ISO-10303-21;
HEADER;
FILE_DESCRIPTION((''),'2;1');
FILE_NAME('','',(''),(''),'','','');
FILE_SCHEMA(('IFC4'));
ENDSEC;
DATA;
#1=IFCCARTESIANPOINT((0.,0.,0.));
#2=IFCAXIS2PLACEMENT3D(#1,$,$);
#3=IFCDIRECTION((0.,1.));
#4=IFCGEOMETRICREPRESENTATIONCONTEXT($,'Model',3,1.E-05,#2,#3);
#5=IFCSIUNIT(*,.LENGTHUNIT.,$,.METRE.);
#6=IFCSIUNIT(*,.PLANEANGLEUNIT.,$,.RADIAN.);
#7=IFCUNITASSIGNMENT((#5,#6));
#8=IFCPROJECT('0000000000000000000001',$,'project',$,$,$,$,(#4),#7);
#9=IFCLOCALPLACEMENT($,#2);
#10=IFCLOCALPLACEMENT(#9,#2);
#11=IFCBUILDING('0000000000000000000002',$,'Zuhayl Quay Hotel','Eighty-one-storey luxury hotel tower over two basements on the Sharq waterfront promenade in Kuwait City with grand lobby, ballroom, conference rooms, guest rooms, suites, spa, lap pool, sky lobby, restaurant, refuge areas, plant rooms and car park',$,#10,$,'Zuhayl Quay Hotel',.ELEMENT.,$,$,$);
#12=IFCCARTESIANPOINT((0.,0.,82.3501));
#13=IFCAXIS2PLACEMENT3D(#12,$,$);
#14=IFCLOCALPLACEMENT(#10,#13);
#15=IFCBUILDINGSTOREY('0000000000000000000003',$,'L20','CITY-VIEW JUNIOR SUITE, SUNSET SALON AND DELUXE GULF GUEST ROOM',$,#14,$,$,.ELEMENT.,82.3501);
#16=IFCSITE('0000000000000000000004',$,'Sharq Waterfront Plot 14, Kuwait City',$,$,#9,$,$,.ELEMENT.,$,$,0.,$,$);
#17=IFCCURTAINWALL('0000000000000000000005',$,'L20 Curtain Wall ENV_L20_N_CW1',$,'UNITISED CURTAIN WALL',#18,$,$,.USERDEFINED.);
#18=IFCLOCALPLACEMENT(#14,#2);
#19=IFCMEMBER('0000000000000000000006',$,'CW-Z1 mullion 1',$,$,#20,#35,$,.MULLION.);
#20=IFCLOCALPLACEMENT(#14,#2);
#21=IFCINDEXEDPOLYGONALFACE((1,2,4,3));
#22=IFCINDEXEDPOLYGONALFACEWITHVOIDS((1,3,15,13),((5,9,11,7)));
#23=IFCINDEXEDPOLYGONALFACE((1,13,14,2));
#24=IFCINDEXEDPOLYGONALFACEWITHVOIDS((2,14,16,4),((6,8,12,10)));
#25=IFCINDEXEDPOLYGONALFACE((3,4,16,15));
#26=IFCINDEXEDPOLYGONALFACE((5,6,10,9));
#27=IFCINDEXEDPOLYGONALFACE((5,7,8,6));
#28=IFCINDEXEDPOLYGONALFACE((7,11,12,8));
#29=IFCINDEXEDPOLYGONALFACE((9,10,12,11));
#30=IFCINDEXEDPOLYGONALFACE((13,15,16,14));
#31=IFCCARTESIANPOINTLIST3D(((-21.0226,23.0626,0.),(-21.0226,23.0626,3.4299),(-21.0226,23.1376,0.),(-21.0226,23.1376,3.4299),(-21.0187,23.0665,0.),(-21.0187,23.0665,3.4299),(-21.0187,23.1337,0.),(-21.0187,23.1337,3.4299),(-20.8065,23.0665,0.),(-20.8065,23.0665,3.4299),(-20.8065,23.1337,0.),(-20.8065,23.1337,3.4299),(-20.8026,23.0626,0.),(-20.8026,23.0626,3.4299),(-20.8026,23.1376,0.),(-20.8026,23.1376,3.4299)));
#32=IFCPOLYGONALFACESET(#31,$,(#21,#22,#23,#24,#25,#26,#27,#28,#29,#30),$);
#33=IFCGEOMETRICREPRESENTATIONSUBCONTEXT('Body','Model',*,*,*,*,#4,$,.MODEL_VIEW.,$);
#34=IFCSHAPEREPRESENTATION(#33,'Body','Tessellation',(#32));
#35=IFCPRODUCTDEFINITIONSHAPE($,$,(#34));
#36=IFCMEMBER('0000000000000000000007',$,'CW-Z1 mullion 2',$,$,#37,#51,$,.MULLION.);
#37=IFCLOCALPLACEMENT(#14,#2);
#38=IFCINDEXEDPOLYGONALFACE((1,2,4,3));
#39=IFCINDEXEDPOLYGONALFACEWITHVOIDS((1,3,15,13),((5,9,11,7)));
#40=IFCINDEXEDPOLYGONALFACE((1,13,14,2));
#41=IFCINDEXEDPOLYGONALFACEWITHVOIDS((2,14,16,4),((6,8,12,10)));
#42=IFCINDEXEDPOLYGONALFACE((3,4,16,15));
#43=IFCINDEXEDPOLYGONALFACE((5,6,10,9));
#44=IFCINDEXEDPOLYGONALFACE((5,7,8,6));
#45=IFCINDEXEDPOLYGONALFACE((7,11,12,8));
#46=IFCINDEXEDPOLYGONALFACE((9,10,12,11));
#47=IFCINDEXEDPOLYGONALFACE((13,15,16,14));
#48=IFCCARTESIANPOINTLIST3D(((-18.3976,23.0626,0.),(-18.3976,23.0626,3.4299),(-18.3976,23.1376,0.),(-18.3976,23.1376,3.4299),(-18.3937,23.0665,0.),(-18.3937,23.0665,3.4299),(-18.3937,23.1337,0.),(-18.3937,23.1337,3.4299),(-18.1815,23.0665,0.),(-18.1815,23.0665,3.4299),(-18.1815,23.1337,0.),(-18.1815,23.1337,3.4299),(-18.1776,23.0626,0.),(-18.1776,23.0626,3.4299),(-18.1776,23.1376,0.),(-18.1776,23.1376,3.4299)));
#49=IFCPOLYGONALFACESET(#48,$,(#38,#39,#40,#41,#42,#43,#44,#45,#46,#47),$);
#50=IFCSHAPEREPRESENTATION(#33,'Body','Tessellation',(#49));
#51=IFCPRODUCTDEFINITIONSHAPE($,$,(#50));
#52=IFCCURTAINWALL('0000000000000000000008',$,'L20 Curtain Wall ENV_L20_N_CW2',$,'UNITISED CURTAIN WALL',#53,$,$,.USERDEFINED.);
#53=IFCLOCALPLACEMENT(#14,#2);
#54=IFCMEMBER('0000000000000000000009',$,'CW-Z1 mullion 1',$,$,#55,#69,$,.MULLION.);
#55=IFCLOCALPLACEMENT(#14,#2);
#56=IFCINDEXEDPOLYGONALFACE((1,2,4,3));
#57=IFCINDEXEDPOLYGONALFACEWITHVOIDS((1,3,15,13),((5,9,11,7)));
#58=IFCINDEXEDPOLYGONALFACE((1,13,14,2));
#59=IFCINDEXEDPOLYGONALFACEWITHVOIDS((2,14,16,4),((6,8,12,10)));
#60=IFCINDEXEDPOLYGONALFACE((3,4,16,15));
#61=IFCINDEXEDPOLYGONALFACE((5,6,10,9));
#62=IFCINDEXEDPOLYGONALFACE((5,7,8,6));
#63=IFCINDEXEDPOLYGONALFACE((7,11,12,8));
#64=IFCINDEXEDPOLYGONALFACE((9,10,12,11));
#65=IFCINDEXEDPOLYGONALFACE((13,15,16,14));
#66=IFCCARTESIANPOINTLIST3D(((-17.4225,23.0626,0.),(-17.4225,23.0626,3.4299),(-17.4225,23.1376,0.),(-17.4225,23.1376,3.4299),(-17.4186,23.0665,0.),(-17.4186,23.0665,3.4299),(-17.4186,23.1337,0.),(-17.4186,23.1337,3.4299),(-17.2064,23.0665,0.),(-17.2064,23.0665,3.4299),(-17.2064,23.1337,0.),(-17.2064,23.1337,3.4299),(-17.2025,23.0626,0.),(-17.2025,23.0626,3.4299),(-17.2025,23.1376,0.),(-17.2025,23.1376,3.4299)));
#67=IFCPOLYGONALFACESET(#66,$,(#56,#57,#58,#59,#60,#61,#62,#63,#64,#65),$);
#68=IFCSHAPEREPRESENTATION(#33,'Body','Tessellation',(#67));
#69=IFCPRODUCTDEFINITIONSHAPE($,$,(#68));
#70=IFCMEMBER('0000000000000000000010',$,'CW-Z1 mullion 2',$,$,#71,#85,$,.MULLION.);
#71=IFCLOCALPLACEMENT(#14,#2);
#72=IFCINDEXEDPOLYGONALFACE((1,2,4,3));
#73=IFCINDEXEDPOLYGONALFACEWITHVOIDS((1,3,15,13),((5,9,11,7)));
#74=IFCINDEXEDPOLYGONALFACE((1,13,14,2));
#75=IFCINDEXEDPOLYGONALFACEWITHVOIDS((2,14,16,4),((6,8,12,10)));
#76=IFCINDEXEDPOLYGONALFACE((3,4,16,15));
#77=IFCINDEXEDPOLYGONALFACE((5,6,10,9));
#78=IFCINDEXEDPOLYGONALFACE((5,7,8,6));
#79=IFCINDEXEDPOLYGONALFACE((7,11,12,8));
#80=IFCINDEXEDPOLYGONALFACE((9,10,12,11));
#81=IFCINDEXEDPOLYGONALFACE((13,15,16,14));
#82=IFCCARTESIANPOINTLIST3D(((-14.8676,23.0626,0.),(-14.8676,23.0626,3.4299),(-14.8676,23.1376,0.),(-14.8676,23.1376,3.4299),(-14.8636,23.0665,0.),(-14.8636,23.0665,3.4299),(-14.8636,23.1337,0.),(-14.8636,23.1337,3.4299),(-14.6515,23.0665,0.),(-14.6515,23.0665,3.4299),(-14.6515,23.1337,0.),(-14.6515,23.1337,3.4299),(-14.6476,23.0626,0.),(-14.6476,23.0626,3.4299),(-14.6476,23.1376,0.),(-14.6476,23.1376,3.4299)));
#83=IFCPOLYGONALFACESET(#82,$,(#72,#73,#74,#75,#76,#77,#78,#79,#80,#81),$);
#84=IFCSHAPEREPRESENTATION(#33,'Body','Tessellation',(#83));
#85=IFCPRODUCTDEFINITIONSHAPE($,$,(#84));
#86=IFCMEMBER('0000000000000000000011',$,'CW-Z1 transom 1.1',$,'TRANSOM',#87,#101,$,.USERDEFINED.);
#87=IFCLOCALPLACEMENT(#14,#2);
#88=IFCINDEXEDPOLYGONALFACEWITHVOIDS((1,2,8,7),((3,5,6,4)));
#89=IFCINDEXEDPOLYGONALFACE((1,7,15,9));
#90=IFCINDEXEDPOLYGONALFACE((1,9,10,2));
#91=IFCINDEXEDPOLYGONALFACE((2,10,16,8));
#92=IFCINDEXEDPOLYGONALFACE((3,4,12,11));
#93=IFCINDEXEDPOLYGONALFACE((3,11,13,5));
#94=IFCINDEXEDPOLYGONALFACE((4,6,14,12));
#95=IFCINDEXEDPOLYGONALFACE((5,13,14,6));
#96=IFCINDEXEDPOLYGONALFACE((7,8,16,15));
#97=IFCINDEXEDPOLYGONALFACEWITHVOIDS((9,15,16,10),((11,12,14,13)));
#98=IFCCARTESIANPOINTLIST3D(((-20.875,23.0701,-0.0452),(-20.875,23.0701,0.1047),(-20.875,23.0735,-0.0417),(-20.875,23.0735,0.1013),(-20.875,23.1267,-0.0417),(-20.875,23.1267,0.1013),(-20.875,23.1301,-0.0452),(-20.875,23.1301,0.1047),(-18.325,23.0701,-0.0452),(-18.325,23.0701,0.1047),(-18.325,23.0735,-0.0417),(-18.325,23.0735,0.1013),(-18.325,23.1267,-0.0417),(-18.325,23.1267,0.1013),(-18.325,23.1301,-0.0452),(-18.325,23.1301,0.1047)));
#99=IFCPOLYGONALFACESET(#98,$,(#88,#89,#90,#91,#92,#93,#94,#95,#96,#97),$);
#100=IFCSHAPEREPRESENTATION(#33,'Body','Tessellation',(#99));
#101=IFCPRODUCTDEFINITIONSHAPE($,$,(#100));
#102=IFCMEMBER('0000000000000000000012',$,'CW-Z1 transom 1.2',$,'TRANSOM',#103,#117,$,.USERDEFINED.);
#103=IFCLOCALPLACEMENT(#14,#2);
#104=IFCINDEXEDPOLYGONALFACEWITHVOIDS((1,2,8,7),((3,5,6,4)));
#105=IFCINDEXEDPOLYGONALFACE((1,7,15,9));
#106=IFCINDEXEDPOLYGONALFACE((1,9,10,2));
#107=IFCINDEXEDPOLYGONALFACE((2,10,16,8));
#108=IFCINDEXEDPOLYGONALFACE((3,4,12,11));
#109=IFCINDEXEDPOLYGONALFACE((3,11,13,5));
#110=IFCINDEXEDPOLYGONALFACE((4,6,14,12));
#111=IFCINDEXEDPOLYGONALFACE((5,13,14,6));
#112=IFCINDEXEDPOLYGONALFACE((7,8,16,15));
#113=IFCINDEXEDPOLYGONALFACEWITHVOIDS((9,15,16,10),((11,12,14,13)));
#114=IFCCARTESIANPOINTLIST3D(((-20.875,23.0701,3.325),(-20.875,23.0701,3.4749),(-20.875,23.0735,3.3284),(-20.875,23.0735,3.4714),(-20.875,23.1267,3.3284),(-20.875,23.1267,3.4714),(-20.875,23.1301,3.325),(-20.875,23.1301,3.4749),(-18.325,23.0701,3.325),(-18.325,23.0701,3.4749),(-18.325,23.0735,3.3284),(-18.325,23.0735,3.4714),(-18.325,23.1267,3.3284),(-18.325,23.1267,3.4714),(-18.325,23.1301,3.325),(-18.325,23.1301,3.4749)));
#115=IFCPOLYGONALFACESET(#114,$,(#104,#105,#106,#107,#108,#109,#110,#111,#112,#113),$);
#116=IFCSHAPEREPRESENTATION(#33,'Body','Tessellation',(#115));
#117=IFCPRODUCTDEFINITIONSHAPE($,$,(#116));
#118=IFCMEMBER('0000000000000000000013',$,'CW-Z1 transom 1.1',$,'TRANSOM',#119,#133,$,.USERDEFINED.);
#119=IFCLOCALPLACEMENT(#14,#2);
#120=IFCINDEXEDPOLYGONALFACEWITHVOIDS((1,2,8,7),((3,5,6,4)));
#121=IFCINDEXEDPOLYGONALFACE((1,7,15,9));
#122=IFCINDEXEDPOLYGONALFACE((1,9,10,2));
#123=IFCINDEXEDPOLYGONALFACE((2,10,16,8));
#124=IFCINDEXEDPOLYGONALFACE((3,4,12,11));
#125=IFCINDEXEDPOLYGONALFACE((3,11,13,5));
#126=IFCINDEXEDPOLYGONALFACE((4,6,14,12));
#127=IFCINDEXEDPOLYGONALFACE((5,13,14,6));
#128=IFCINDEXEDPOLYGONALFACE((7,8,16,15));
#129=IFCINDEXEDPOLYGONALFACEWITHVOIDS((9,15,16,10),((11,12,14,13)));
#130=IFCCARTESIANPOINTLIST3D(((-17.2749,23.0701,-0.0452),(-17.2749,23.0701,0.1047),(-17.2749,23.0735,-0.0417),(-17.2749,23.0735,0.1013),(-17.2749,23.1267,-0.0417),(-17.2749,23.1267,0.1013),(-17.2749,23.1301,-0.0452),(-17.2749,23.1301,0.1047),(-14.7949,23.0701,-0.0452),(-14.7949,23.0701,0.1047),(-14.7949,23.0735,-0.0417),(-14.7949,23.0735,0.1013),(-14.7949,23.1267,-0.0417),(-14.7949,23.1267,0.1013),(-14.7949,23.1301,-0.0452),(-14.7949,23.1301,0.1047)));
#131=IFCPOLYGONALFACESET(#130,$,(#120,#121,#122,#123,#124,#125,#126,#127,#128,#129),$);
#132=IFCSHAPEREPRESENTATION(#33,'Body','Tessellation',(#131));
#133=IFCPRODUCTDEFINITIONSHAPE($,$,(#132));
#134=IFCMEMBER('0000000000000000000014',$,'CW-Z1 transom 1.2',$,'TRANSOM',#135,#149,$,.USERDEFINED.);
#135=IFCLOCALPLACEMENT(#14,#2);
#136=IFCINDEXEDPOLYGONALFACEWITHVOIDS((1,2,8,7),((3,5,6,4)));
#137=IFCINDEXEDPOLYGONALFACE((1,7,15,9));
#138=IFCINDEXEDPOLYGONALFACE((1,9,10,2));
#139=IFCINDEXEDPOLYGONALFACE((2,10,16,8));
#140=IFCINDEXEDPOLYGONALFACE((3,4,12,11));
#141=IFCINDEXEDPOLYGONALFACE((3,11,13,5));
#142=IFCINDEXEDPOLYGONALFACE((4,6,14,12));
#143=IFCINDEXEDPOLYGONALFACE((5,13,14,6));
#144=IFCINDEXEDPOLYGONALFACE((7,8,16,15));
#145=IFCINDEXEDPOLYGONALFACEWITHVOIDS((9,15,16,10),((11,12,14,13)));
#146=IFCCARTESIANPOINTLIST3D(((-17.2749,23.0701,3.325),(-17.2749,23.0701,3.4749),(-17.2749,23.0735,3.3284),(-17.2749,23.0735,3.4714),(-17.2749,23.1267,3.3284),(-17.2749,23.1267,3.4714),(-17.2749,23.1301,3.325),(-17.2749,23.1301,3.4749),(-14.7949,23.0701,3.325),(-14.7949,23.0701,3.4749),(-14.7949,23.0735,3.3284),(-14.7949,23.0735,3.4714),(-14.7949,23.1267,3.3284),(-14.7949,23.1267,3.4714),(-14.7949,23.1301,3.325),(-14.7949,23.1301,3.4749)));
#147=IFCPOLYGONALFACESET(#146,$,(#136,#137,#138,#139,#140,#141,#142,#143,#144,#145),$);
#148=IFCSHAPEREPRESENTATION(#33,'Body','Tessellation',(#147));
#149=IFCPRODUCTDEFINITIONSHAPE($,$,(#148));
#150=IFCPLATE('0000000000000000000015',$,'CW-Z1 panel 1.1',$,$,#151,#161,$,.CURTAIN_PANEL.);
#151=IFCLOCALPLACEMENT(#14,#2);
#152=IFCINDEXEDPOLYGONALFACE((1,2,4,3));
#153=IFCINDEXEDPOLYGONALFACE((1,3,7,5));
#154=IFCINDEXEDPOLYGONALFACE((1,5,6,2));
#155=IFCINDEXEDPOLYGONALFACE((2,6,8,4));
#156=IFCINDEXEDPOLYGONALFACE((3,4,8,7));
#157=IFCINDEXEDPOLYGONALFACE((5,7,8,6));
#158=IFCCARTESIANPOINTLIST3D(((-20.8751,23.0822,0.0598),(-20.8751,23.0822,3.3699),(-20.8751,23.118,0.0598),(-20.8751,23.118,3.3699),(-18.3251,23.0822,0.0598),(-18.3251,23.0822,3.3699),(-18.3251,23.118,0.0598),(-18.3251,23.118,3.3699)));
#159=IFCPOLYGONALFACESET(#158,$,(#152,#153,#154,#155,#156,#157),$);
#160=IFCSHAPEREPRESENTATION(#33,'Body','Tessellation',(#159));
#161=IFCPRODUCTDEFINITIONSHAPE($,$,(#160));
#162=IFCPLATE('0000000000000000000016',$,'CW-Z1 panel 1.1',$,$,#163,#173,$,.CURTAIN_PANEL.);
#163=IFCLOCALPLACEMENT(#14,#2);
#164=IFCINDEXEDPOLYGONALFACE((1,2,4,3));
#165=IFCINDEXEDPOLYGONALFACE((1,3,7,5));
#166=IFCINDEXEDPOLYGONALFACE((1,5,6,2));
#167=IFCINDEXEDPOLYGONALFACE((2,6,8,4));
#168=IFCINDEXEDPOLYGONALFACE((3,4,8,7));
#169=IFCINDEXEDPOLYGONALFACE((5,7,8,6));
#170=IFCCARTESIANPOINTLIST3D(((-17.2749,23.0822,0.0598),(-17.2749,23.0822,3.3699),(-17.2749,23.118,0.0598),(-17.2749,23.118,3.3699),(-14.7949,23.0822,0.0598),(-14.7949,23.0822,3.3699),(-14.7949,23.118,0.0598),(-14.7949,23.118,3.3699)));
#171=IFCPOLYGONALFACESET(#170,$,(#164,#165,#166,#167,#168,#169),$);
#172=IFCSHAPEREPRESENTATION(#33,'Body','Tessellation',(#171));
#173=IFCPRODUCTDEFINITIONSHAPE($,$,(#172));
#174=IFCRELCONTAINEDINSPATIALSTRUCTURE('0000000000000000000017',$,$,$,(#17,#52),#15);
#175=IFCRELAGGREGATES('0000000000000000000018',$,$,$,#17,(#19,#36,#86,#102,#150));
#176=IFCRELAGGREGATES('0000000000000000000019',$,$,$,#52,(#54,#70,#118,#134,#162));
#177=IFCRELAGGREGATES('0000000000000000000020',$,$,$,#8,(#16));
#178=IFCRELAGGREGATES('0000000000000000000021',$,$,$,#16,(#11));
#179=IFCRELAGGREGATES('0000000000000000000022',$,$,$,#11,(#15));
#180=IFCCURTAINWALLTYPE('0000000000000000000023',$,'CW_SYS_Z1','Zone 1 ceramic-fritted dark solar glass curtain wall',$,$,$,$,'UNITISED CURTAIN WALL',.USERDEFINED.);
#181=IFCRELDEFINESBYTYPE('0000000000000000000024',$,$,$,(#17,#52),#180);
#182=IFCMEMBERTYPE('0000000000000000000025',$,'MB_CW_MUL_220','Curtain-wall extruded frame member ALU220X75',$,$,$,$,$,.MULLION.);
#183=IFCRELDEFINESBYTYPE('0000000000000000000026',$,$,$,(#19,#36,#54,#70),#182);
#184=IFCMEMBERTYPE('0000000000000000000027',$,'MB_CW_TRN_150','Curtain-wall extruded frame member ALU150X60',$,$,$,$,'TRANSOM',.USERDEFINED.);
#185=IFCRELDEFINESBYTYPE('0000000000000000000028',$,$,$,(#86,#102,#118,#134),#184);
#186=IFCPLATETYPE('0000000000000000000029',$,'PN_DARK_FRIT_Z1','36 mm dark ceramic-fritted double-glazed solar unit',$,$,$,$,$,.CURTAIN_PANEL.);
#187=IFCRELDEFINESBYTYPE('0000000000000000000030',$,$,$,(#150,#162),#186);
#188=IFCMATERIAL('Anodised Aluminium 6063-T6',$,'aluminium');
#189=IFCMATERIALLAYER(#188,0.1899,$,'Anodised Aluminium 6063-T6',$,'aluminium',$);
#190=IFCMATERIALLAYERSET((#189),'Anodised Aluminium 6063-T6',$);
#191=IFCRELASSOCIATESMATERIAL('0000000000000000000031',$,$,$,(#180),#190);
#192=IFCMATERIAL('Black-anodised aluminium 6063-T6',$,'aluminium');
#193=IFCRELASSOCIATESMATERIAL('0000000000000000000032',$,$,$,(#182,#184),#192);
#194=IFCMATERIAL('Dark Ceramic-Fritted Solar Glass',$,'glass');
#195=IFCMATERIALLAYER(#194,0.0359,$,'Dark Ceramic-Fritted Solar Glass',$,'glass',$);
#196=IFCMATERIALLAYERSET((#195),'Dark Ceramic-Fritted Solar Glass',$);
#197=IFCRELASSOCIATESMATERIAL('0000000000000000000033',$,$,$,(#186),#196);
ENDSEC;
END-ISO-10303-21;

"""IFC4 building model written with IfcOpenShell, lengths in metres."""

from ifc_helpers import new_model, si_unit, direction, frame, origin, origin_2d, place, context, subcontext, project, spatial, rectangle, hollow_rectangle, extrude, material, layer, layer_set, material_profile, profile_set, type_object, element, aggregate, save


model = new_model("IFC4")

# Units and contexts
model_context = context("Model", 3, precision=1e-05, world=origin(), true_north=direction((0.0, 1.0)))
body_context = subcontext(model_context, "Body", "Model", "MODEL_VIEW")
ifc_project = project(units=[si_unit("LENGTHUNIT", "METRE"), si_unit("PLANEANGLEUNIT", "RADIAN")], contexts=[model_context])

# Site, building, storey
site_placement = place(None, origin())
site = spatial("IfcSite", under=ifc_project, at=site_placement, Name="Sharq Waterfront Plot 14, Kuwait City", CompositionType="ELEMENT", RefElevation=0.0)
building_placement = place(site_placement, origin())
building = spatial("IfcBuilding", under=site, at=building_placement, Name="Zuhayl Quay Hotel", Description="Eighty-one-storey luxury hotel tower over two basements on the Sharq waterfront promenade in Kuwait City with grand lobby, ballroom, conference rooms, guest rooms, suites, spa, lap pool, sky lobby, restaurant, refuge areas, plant rooms and car park", LongName="Zuhayl Quay Hotel", CompositionType="ELEMENT")
storey_placement = place(building_placement, frame((0.0, 0.0, 82.3501)))
storey = spatial("IfcBuildingStorey", under=building, at=storey_placement, Name="L20", Description="CITY-VIEW JUNIOR SUITE, SUNSET SALON AND DELUXE GULF GUEST ROOM", CompositionType="ELEMENT", Elevation=82.3501)

# Curtain walls, members
ifc_material_1 = material(Name="Anodised Aluminium 6063-T6", Category="aluminium")
ifc_layer_1 = layer(ifc_material_1, 0.1899, Name="Anodised Aluminium 6063-T6", Category="aluminium")
ifc_layer_set_1 = layer_set([ifc_layer_1], Name="Anodised Aluminium 6063-T6")
curtain_wall_type = type_object("IfcCurtainWallType", Name="CW_SYS_Z1", Description="Zone 1 ceramic-fritted dark solar glass curtain wall", ElementType="UNITISED CURTAIN WALL", PredefinedType="USERDEFINED", material=ifc_layer_set_1)
curtain_wall_1_placement = place(storey_placement, origin())
curtain_wall_1 = element("IfcCurtainWall", 1, at=curtain_wall_1_placement, inside=storey, type_object=curtain_wall_type, Name="L20 Curtain Wall ENV_L20_N_CW1", ObjectType="UNITISED CURTAIN WALL", PredefinedType="USERDEFINED")
ifc_material_2 = material(Name="Black-anodised aluminium 6063-T6", Category="aluminium")
ifc_material_profile_1 = material_profile(ifc_material_2, hollow_rectangle(XDim=0.075, YDim=0.22, WallThickness=0.0039, at=origin_2d()), Name="ALU220X75")
ifc_profile_set_1 = profile_set([ifc_material_profile_1], Name="Black-anodised aluminium 6063-T6")
member_type_1 = type_object("IfcMemberType", Name="MB_CW_MUL_220", Description="Curtain-wall extruded frame member ALU220X75", PredefinedType="MULLION", material=ifc_profile_set_1)
member_1_placement = place(storey_placement, frame((-20.9126, 23.1001, 0.0), z_axis=(0.0, 0.0, 1.0), x_axis=(0.0, 1.0, 0.0)))
member_1 = element("IfcMember", 2, at=member_1_placement, type_object=member_type_1, Name="CW-Z1 mullion 1", PredefinedType="MULLION", context=body_context, shape_type="SweptSolid", body=[
    extrude(hollow_rectangle(XDim=0.075, YDim=0.22, WallThickness=0.0039, at=origin_2d()), origin(), (0.0, 0.0, 1.0), 3.4299),
])
member_2_placement = place(storey_placement, frame((-18.2876, 23.1001, 0.0), z_axis=(0.0, 0.0, 1.0), x_axis=(0.0, 1.0, 0.0)))
member_2 = element("IfcMember", 3, at=member_2_placement, type_object=member_type_1, Name="CW-Z1 mullion 2", PredefinedType="MULLION", context=body_context, shape_type="SweptSolid", body=[
    extrude(hollow_rectangle(XDim=0.075, YDim=0.22, WallThickness=0.0039, at=origin_2d()), origin(), (0.0, 0.0, 1.0), 3.4299),
])
curtain_wall_2_placement = place(storey_placement, origin())
curtain_wall_2 = element("IfcCurtainWall", 4, at=curtain_wall_2_placement, inside=storey, type_object=curtain_wall_type, Name="L20 Curtain Wall ENV_L20_N_CW2", ObjectType="UNITISED CURTAIN WALL", PredefinedType="USERDEFINED")
member_3_placement = place(storey_placement, frame((-17.3125, 23.1001, 0.0), z_axis=(0.0, 0.0, 1.0), x_axis=(0.0, 1.0, 0.0)))
member_3 = element("IfcMember", 5, at=member_3_placement, type_object=member_type_1, Name="CW-Z1 mullion 1", PredefinedType="MULLION", context=body_context, shape_type="SweptSolid", body=[
    extrude(hollow_rectangle(XDim=0.075, YDim=0.22, WallThickness=0.0039, at=origin_2d()), origin(), (0.0, 0.0, 1.0), 3.4299),
])
member_4_placement = place(storey_placement, frame((-14.7576, 23.1001, 0.0), z_axis=(0.0, 0.0, 1.0), x_axis=(0.0, 1.0, 0.0)))
member_4 = element("IfcMember", 6, at=member_4_placement, type_object=member_type_1, Name="CW-Z1 mullion 2", PredefinedType="MULLION", context=body_context, shape_type="SweptSolid", body=[
    extrude(hollow_rectangle(XDim=0.075, YDim=0.22, WallThickness=0.0039, at=origin_2d()), origin(), (0.0, 0.0, 1.0), 3.4299),
])

# Members
ifc_material_profile_2 = material_profile(ifc_material_2, hollow_rectangle(XDim=0.0601, YDim=0.1499, WallThickness=0.0034, at=origin_2d()), Name="ALU150X60")
ifc_profile_set_2 = profile_set([ifc_material_profile_2], Name="Black-anodised aluminium 6063-T6")
member_type_2 = type_object("IfcMemberType", Name="MB_CW_TRN_150", Description="Curtain-wall extruded frame member ALU150X60", ElementType="TRANSOM", PredefinedType="USERDEFINED", material=ifc_profile_set_2)
member_5_placement = place(storey_placement, frame((-20.875, 23.1001, 0.0298), z_axis=(1.0, 0.0, 0.0), x_axis=(0.0, 1.0, 0.0)))
member_5 = element("IfcMember", 7, at=member_5_placement, type_object=member_type_2, Name="CW-Z1 transom 1.1", ObjectType="TRANSOM", PredefinedType="USERDEFINED", context=body_context, shape_type="SweptSolid", body=[
    extrude(hollow_rectangle(XDim=0.0601, YDim=0.1499, WallThickness=0.0034, at=origin_2d()), origin(), (0.0, 0.0, 1.0), 2.55),
])
member_6_placement = place(storey_placement, frame((-20.875, 23.1001, 3.3999), z_axis=(1.0, 0.0, 0.0), x_axis=(0.0, 1.0, 0.0)))
member_6 = element("IfcMember", 8, at=member_6_placement, type_object=member_type_2, Name="CW-Z1 transom 1.2", ObjectType="TRANSOM", PredefinedType="USERDEFINED", context=body_context, shape_type="SweptSolid", body=[
    extrude(hollow_rectangle(XDim=0.0601, YDim=0.1499, WallThickness=0.0034, at=origin_2d()), origin(), (0.0, 0.0, 1.0), 2.55),
])
member_7_placement = place(storey_placement, frame((-17.2749, 23.1001, 0.0298), z_axis=(1.0, 0.0, 0.0), x_axis=(0.0, 1.0, 0.0)))
member_7 = element("IfcMember", 9, at=member_7_placement, type_object=member_type_2, Name="CW-Z1 transom 1.1", ObjectType="TRANSOM", PredefinedType="USERDEFINED", context=body_context, shape_type="SweptSolid", body=[
    extrude(hollow_rectangle(XDim=0.0601, YDim=0.1499, WallThickness=0.0034, at=origin_2d()), origin(), (0.0, 0.0, 1.0), 2.48),
])
member_8_placement = place(storey_placement, frame((-17.2749, 23.1001, 3.3999), z_axis=(1.0, 0.0, 0.0), x_axis=(0.0, 1.0, 0.0)))
member_8 = element("IfcMember", 10, at=member_8_placement, type_object=member_type_2, Name="CW-Z1 transom 1.2", ObjectType="TRANSOM", PredefinedType="USERDEFINED", context=body_context, shape_type="SweptSolid", body=[
    extrude(hollow_rectangle(XDim=0.0601, YDim=0.1499, WallThickness=0.0034, at=origin_2d()), origin(), (0.0, 0.0, 1.0), 2.48),
])

# Plates
ifc_material_3 = material(Name="Dark Ceramic-Fritted Solar Glass", Category="glass")
ifc_layer_2 = layer(ifc_material_3, 0.0359, Name="Dark Ceramic-Fritted Solar Glass", Category="glass")
ifc_layer_set_2 = layer_set([ifc_layer_2], Name="Dark Ceramic-Fritted Solar Glass")
plate_type = type_object("IfcPlateType", Name="PN_DARK_FRIT_Z1", Description="36 mm dark ceramic-fritted double-glazed solar unit", PredefinedType="CURTAIN_PANEL", material=ifc_layer_set_2)
plate_1_placement = place(storey_placement, frame((-19.6001, 23.1001, 0.0598), z_axis=(0.0, 0.0, 1.0), x_axis=(1.0, 0.0, 0.0)))
plate_1 = element("IfcPlate", 11, at=plate_1_placement, type_object=plate_type, Name="CW-Z1 panel 1.1", PredefinedType="CURTAIN_PANEL", context=body_context, shape_type="SweptSolid", body=[
    extrude(rectangle(XDim=2.55, YDim=0.0359, at=origin_2d()), origin(), (0.0, 0.0, 1.0), 3.3101),
])
aggregate(curtain_wall_1, [member_1, member_2, member_5, member_6, plate_1])
plate_2_placement = place(storey_placement, frame((-16.0349, 23.1001, 0.0598), z_axis=(0.0, 0.0, 1.0), x_axis=(1.0, 0.0, 0.0)))
plate_2 = element("IfcPlate", 12, at=plate_2_placement, type_object=plate_type, Name="CW-Z1 panel 1.1", PredefinedType="CURTAIN_PANEL", context=body_context, shape_type="SweptSolid", body=[
    extrude(rectangle(XDim=2.48, YDim=0.0359, at=origin_2d()), origin(), (0.0, 0.0, 1.0), 3.3101),
])
aggregate(curtain_wall_2, [member_3, member_4, member_7, member_8, plate_2])

save(model, "model.ifc")
